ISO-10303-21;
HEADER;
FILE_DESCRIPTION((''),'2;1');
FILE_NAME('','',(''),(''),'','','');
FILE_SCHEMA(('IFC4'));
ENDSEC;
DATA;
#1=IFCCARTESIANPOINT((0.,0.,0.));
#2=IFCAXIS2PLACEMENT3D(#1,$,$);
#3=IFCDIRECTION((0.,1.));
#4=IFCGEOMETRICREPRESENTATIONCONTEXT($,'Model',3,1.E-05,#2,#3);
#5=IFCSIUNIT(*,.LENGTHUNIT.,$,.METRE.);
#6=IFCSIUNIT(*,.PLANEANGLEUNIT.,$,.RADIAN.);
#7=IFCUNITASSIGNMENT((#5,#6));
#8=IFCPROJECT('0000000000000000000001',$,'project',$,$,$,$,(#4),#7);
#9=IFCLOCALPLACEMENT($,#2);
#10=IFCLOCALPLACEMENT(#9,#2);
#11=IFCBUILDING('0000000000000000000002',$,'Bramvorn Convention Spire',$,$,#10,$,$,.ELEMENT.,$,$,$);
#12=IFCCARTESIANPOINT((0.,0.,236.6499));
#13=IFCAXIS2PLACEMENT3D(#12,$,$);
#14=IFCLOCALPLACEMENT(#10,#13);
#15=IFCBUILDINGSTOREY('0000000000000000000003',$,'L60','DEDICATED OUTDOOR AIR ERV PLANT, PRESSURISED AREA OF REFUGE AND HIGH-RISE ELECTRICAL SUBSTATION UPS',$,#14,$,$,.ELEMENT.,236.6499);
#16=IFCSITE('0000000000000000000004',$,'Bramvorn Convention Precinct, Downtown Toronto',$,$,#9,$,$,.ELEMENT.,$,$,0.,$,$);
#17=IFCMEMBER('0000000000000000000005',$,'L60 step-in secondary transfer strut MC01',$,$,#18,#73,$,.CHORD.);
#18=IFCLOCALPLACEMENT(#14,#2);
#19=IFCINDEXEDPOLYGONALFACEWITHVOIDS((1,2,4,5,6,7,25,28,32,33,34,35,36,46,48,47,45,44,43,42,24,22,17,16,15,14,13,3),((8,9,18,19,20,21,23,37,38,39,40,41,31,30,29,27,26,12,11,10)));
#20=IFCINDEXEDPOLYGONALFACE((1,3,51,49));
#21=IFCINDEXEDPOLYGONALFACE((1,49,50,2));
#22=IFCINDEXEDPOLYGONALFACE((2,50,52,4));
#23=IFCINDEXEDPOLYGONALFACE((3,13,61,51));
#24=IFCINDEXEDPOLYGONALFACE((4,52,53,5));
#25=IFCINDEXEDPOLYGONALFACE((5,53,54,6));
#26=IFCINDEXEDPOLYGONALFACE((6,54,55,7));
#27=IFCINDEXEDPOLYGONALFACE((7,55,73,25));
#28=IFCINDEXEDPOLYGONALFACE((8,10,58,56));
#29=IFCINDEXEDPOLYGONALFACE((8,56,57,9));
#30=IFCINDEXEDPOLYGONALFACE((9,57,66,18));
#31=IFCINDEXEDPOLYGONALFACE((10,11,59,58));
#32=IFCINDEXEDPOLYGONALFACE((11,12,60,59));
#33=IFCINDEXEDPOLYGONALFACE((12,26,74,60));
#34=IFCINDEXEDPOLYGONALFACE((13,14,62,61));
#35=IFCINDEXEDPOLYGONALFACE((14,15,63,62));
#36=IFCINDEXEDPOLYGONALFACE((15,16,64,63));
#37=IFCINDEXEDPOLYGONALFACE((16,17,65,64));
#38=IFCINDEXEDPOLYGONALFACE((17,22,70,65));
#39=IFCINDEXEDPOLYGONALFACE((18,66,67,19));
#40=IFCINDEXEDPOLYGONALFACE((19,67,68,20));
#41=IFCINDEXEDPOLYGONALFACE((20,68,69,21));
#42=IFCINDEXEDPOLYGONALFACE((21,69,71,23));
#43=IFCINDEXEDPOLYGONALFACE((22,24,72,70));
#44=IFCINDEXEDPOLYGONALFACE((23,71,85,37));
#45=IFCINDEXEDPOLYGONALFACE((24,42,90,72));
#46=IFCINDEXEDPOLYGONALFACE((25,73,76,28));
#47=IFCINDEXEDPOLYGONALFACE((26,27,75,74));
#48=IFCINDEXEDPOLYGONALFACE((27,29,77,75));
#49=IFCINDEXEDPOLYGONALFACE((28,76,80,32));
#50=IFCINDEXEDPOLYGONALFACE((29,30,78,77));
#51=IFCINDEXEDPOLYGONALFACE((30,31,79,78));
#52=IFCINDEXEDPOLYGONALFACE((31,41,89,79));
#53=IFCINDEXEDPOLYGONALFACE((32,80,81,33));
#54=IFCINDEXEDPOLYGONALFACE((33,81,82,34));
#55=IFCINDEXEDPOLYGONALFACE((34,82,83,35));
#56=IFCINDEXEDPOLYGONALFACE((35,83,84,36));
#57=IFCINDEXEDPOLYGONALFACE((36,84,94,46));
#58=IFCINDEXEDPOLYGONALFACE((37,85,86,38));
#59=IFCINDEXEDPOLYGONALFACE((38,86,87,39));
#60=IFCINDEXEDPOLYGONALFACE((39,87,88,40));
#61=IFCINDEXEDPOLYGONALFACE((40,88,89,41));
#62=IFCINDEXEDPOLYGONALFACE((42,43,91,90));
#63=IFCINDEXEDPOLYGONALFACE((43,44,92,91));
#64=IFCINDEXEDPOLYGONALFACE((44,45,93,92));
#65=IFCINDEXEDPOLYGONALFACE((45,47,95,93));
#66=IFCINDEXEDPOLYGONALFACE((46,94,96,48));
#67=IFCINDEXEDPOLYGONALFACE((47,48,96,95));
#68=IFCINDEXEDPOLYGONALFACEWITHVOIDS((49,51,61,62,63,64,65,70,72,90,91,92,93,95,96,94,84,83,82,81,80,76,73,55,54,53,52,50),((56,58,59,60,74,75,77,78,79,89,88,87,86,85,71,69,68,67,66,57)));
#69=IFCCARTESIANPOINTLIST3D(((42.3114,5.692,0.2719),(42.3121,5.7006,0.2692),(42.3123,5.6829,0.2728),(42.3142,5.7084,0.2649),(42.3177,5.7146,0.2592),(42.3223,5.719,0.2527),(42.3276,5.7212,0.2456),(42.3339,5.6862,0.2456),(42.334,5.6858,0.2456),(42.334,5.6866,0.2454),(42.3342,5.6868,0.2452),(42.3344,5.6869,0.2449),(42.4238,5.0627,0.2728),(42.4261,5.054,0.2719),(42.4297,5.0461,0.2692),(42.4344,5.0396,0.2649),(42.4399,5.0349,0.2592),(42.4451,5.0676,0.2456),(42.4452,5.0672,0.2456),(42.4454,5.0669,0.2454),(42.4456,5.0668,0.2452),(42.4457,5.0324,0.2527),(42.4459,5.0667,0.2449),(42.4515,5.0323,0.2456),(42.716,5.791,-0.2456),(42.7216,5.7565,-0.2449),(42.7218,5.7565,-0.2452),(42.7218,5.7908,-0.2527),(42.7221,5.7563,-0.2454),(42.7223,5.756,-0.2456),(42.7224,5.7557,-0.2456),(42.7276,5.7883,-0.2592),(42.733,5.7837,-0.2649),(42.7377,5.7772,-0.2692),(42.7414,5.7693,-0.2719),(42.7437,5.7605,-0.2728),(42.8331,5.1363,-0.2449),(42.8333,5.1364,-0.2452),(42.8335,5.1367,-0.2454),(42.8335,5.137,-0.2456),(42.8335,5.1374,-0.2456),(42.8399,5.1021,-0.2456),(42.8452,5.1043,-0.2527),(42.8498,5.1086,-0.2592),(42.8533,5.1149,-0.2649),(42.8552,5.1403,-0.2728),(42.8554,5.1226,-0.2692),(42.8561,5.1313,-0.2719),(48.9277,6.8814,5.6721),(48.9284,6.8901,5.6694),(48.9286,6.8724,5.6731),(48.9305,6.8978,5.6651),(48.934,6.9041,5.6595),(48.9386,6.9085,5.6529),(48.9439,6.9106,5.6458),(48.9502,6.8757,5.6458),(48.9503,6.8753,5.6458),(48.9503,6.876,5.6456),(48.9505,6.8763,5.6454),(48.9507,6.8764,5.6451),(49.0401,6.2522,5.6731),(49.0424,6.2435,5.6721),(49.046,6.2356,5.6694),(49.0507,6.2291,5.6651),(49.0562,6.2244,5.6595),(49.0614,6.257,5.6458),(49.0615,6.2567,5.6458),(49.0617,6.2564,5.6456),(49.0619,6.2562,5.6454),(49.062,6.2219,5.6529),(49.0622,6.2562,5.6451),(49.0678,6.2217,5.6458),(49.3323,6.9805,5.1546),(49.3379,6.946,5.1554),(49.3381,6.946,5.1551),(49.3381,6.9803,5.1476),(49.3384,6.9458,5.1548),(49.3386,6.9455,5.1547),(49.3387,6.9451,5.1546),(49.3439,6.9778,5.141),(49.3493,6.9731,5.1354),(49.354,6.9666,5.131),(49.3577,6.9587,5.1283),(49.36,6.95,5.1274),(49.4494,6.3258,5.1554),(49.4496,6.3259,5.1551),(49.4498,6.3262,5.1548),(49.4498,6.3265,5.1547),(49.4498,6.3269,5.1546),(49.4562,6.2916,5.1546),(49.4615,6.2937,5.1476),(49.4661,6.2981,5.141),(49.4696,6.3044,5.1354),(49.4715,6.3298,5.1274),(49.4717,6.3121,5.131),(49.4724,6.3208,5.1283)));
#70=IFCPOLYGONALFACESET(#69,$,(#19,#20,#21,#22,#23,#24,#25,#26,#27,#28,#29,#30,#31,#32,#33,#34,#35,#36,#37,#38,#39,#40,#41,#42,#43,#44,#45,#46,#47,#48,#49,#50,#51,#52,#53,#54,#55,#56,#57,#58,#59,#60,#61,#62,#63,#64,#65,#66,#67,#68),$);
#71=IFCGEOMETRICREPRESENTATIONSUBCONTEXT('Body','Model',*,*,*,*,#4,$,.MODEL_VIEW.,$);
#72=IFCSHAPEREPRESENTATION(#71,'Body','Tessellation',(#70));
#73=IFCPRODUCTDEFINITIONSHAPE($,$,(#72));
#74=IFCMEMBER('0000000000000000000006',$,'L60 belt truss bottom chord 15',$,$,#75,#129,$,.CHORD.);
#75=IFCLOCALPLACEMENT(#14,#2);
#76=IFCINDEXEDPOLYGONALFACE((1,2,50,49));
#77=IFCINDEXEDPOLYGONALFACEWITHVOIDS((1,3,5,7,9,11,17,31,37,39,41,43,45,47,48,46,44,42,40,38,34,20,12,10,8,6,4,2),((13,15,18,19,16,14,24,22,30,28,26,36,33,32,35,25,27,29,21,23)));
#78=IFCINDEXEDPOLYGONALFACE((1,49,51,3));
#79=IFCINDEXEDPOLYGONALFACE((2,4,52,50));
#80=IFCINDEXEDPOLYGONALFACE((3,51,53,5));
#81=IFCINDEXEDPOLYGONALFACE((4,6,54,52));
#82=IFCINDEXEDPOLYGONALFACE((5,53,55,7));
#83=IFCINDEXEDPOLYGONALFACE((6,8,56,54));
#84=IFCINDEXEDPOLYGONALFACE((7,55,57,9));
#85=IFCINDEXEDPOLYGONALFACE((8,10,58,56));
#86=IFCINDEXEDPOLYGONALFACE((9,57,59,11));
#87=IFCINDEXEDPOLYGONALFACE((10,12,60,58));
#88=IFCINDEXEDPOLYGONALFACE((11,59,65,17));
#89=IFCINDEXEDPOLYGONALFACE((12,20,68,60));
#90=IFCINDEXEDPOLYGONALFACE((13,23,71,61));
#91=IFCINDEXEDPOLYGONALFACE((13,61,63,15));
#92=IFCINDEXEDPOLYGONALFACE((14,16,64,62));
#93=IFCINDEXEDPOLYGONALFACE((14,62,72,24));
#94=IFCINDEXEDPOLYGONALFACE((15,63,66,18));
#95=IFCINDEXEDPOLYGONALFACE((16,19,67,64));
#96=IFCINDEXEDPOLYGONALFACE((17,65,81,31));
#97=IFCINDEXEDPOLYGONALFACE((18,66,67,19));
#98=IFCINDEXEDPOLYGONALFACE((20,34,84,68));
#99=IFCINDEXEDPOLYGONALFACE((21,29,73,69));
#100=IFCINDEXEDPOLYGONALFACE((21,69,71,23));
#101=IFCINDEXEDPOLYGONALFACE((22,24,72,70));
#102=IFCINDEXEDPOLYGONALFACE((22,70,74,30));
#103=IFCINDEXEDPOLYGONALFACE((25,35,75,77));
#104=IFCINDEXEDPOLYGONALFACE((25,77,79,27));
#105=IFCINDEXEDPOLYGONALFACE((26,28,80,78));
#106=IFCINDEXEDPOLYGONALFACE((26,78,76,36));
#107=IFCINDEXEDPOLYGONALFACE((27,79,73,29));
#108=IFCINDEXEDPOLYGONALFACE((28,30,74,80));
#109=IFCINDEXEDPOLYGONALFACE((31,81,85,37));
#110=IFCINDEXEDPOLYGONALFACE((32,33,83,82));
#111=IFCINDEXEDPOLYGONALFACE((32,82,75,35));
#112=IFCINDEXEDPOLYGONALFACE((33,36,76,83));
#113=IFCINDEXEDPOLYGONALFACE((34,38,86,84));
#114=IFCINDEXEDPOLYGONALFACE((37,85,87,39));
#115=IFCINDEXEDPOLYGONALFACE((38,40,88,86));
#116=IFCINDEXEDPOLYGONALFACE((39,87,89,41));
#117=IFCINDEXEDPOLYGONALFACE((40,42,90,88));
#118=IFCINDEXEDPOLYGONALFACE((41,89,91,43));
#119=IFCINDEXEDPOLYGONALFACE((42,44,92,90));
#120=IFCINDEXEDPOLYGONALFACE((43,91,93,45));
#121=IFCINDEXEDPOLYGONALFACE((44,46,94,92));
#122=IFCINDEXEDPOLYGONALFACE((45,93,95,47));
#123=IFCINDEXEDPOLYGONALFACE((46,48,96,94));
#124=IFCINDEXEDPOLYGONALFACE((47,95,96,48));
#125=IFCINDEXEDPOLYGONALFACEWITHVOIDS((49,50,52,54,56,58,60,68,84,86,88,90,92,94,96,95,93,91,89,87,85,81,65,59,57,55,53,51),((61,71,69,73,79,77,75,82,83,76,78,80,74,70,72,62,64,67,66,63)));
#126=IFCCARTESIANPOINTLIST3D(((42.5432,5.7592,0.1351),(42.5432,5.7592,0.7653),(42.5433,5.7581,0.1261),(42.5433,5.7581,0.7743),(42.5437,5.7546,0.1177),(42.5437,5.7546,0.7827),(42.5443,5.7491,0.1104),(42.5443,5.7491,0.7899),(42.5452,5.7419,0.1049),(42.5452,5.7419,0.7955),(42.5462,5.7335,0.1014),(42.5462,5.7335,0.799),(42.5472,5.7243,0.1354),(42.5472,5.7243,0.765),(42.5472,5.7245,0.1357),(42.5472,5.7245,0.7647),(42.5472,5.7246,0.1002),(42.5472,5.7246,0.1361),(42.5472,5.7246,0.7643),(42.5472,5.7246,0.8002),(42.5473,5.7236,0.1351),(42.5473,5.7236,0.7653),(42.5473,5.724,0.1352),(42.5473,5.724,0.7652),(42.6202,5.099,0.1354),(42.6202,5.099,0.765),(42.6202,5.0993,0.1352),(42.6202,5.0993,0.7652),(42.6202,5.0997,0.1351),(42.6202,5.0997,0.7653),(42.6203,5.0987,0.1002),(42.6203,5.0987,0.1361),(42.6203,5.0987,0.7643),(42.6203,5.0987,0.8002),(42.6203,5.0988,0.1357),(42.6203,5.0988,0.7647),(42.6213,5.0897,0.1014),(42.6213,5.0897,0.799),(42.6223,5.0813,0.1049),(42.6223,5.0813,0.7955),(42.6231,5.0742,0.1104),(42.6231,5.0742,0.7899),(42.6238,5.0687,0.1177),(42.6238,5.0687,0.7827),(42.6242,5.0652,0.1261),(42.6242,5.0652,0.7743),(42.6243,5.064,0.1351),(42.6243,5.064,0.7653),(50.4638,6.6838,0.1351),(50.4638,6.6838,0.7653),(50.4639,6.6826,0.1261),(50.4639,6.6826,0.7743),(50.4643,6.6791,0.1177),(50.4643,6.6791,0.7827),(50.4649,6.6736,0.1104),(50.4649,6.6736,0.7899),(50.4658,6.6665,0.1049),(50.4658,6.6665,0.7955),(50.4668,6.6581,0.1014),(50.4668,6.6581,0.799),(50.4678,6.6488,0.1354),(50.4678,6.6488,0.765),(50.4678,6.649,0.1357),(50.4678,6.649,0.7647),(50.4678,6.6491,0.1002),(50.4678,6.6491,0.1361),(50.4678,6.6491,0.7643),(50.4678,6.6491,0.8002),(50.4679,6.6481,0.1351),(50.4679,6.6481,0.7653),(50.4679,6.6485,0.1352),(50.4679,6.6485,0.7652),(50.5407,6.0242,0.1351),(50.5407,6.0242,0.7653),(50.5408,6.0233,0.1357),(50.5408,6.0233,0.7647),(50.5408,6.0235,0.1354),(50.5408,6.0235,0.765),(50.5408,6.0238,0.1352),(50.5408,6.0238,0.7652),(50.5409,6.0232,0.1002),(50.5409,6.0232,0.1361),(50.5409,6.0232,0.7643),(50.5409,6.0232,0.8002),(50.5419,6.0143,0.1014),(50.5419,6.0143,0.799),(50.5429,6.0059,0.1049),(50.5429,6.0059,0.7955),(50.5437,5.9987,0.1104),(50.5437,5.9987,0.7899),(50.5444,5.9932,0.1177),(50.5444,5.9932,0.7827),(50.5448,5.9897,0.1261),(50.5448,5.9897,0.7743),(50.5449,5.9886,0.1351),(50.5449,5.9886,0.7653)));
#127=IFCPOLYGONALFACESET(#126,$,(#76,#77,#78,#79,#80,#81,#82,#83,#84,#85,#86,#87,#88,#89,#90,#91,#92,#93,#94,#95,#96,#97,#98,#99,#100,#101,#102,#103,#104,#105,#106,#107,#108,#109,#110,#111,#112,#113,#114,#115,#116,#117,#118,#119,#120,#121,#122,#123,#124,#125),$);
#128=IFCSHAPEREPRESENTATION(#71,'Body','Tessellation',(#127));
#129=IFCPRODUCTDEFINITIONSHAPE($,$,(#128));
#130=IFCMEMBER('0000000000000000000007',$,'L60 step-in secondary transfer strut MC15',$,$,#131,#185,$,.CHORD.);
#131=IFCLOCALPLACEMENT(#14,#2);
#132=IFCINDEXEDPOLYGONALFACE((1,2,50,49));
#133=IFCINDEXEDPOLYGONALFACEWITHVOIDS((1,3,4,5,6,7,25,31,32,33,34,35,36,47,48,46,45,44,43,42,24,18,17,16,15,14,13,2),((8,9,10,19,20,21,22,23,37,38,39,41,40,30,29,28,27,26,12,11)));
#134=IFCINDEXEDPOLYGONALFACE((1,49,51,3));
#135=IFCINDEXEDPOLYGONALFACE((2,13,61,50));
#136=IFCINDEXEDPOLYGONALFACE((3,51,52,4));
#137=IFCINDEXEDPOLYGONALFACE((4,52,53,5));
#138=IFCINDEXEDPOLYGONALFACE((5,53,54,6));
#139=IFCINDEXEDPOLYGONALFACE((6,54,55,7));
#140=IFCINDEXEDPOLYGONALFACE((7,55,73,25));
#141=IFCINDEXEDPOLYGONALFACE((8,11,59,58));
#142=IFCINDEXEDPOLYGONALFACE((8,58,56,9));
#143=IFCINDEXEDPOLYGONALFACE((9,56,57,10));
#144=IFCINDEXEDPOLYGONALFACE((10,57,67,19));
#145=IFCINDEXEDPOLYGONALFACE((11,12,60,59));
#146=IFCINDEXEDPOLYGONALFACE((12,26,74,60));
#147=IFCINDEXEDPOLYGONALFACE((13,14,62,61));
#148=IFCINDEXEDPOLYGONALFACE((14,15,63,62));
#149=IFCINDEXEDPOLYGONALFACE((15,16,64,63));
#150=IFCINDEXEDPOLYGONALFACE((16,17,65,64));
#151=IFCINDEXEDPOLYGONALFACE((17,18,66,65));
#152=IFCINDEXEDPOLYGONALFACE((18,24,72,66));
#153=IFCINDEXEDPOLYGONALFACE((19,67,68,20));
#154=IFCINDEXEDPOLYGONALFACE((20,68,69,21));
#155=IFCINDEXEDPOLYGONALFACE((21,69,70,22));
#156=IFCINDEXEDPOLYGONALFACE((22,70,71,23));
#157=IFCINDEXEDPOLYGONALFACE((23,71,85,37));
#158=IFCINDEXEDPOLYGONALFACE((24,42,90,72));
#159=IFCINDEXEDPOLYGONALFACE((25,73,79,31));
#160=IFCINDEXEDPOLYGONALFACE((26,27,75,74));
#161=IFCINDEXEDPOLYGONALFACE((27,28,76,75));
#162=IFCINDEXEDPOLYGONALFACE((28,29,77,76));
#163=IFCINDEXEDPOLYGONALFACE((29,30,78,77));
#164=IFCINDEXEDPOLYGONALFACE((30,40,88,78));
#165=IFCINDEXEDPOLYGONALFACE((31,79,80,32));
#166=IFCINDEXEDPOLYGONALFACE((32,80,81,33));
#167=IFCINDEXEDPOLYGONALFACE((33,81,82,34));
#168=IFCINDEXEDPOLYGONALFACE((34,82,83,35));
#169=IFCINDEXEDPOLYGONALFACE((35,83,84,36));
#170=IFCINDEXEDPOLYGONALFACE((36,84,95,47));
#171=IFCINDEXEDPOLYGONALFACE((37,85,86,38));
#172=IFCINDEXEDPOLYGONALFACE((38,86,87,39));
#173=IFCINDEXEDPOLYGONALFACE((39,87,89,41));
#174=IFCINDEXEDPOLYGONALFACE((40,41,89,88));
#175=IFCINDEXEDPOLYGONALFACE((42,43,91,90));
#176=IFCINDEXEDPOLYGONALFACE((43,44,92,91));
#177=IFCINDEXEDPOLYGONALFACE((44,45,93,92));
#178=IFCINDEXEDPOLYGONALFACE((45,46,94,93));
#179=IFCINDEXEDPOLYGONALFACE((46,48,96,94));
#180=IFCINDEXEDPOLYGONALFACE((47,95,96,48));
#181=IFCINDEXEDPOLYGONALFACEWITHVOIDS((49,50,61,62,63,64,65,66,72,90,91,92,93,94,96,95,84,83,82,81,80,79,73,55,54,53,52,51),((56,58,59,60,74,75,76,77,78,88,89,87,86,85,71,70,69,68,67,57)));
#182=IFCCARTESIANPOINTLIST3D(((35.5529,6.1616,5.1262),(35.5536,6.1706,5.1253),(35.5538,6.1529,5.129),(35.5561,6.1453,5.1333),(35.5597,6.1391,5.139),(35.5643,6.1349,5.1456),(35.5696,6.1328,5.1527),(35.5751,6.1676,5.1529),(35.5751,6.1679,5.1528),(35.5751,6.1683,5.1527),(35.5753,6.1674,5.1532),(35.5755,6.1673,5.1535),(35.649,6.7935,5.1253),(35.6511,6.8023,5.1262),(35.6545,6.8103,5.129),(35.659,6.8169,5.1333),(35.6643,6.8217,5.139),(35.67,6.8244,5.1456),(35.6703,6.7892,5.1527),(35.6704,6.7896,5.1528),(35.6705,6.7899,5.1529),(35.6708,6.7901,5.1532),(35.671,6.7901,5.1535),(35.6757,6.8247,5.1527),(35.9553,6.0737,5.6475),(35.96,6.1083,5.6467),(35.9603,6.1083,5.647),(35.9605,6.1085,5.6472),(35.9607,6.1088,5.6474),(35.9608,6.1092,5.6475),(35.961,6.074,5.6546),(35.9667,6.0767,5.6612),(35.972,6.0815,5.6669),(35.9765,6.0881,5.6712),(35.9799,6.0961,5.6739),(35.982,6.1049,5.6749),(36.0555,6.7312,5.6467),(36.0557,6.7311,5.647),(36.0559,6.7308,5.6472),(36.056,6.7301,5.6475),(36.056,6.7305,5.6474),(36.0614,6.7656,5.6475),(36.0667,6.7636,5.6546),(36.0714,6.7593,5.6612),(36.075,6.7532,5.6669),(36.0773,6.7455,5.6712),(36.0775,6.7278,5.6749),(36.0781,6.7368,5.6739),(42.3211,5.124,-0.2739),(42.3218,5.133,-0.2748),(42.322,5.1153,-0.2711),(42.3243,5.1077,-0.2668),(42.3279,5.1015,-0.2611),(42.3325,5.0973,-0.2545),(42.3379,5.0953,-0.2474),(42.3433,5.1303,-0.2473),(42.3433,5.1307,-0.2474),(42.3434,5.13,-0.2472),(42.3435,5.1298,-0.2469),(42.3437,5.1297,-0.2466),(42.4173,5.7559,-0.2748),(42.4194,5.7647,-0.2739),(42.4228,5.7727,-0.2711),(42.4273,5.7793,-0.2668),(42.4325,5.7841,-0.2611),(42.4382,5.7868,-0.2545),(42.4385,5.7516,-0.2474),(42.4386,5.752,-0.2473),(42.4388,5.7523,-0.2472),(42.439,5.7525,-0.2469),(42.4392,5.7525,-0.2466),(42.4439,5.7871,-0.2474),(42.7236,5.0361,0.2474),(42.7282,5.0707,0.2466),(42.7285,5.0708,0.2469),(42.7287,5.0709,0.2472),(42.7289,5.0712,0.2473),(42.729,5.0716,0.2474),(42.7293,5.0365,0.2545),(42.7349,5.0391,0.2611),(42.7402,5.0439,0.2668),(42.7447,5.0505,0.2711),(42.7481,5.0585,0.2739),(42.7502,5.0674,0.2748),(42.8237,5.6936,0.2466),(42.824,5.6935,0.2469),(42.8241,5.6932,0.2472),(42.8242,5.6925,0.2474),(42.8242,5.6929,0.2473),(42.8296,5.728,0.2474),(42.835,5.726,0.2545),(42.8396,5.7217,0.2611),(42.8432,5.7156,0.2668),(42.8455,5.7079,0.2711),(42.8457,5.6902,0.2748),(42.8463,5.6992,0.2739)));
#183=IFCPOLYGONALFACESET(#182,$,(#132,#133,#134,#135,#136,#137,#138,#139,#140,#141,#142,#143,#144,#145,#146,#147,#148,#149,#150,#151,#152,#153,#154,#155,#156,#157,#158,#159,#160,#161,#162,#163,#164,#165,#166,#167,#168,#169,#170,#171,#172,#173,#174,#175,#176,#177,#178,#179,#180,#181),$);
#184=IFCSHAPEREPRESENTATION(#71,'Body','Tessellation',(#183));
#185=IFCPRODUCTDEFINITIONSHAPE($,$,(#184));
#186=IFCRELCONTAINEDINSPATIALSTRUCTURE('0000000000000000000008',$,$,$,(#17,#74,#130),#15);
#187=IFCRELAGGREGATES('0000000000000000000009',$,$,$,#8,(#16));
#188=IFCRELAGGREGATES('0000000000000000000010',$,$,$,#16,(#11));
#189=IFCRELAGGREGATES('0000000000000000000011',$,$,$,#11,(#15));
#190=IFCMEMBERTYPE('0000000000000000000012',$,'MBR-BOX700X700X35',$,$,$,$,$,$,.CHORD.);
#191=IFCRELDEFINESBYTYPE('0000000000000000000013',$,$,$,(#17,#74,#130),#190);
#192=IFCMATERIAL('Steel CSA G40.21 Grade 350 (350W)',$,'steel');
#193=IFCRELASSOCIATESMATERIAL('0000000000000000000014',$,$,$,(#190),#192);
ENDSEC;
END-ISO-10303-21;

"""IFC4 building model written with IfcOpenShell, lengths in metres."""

from ifc_helpers import new_model, si_unit, direction, frame, origin, origin_2d, place, context, subcontext, project, spatial, hollow_rectangle, extrude, material, material_profile, profile_set, type_object, element, save


model = new_model("IFC4")

# Units and contexts
model_context = context("Model", 3, precision=1e-05, world=origin(), true_north=direction((0.0, 1.0)))
body_context = subcontext(model_context, "Body", "Model", "MODEL_VIEW")
ifc_project = project(units=[si_unit("LENGTHUNIT", "METRE"), si_unit("PLANEANGLEUNIT", "RADIAN")], contexts=[model_context])

# Site, building, storey
site_placement = place(None, origin())
site = spatial("IfcSite", under=ifc_project, at=site_placement, Name="Bramvorn Convention Precinct, Downtown Toronto", CompositionType="ELEMENT", RefElevation=0.0)
building_placement = place(site_placement, origin())
building = spatial("IfcBuilding", under=site, at=building_placement, Name="Bramvorn Convention Spire", CompositionType="ELEMENT")
storey_placement = place(building_placement, frame((0.0, 0.0, 236.6499)))
storey = spatial("IfcBuildingStorey", under=building, at=storey_placement, Name="L60", Description="DEDICATED OUTDOOR AIR ERV PLANT, PRESSURISED AREA OF REFUGE AND HIGH-RISE ELECTRICAL SUBSTATION UPS", CompositionType="ELEMENT", Elevation=236.6499)

# Shared definitions
ifc_material_1 = material(Name="Steel CSA G40.21 Grade 350 (350W)", Category="steel")

# Members
ifc_material_profile_1 = material_profile(ifc_material_1, hollow_rectangle(XDim=0.7, YDim=0.7, WallThickness=0.0349, InnerFilletRadius=0.001, OuterFilletRadius=0.0349, at=origin_2d()))
ifc_profile_set_1 = profile_set([ifc_material_profile_1], Name="Steel CSA G40.21 Grade 350 (350W) - BOX700X700X35")
member_type_1 = type_object("IfcMemberType", Name="MBR-BOX700X700X35", PredefinedType="CHORD", material=ifc_profile_set_1)
member_1_placement = place(storey_placement, frame((42.5837, 5.4116, 0.0), z_axis=(0.767303, 0.137945, 0.626272), x_axis=(-0.176942, 0.984221, 0.0)))
element("IfcMember", 1, at=member_1_placement, inside=storey, type_object=member_type_1, Name="L60 step-in secondary transfer strut MC01", PredefinedType="CHORD", context=body_context, shape_type="SweptSolid", body=[
    extrude(hollow_rectangle(XDim=0.7, YDim=0.7, WallThickness=0.0349, InnerFilletRadius=0.001, OuterFilletRadius=0.0349, at=origin_2d()), origin(), (0.0, 0.0, 1.0), 8.6228),
])
member_2_placement = place(storey_placement, frame((42.5837, 5.4116, 0.4502), z_axis=(0.993256, 0.115941, 0.0), x_axis=(-0.115941, 0.993256, 0.0)))
element("IfcMember", 2, at=member_2_placement, inside=storey, type_object=member_type_1, Name="L60 belt truss bottom chord 15", PredefinedType="CHORD", context=body_context, shape_type="SweptSolid", body=[
    extrude(hollow_rectangle(XDim=0.7, YDim=0.7, WallThickness=0.0349, InnerFilletRadius=0.001, OuterFilletRadius=0.0349, at=origin_2d()), origin(), (0.0, 0.0, 1.0), 7.9744),
])
member_3_placement = place(storey_placement, frame((42.5837, 5.4116, 0.0), z_axis=(-0.776132, 0.118983, 0.619243), x_axis=(-0.151532, -0.988452, 0.0)))
element("IfcMember", 3, at=member_3_placement, inside=storey, type_object=member_type_1, Name="L60 step-in secondary transfer strut MC15", PredefinedType="CHORD", context=body_context, shape_type="SweptSolid", body=[
    extrude(hollow_rectangle(XDim=0.7, YDim=0.7, WallThickness=0.0349, InnerFilletRadius=0.001, OuterFilletRadius=0.0349, at=origin_2d()), origin(), (0.0, 0.0, 1.0), 8.7205),
])

save(model, "model.ifc")
